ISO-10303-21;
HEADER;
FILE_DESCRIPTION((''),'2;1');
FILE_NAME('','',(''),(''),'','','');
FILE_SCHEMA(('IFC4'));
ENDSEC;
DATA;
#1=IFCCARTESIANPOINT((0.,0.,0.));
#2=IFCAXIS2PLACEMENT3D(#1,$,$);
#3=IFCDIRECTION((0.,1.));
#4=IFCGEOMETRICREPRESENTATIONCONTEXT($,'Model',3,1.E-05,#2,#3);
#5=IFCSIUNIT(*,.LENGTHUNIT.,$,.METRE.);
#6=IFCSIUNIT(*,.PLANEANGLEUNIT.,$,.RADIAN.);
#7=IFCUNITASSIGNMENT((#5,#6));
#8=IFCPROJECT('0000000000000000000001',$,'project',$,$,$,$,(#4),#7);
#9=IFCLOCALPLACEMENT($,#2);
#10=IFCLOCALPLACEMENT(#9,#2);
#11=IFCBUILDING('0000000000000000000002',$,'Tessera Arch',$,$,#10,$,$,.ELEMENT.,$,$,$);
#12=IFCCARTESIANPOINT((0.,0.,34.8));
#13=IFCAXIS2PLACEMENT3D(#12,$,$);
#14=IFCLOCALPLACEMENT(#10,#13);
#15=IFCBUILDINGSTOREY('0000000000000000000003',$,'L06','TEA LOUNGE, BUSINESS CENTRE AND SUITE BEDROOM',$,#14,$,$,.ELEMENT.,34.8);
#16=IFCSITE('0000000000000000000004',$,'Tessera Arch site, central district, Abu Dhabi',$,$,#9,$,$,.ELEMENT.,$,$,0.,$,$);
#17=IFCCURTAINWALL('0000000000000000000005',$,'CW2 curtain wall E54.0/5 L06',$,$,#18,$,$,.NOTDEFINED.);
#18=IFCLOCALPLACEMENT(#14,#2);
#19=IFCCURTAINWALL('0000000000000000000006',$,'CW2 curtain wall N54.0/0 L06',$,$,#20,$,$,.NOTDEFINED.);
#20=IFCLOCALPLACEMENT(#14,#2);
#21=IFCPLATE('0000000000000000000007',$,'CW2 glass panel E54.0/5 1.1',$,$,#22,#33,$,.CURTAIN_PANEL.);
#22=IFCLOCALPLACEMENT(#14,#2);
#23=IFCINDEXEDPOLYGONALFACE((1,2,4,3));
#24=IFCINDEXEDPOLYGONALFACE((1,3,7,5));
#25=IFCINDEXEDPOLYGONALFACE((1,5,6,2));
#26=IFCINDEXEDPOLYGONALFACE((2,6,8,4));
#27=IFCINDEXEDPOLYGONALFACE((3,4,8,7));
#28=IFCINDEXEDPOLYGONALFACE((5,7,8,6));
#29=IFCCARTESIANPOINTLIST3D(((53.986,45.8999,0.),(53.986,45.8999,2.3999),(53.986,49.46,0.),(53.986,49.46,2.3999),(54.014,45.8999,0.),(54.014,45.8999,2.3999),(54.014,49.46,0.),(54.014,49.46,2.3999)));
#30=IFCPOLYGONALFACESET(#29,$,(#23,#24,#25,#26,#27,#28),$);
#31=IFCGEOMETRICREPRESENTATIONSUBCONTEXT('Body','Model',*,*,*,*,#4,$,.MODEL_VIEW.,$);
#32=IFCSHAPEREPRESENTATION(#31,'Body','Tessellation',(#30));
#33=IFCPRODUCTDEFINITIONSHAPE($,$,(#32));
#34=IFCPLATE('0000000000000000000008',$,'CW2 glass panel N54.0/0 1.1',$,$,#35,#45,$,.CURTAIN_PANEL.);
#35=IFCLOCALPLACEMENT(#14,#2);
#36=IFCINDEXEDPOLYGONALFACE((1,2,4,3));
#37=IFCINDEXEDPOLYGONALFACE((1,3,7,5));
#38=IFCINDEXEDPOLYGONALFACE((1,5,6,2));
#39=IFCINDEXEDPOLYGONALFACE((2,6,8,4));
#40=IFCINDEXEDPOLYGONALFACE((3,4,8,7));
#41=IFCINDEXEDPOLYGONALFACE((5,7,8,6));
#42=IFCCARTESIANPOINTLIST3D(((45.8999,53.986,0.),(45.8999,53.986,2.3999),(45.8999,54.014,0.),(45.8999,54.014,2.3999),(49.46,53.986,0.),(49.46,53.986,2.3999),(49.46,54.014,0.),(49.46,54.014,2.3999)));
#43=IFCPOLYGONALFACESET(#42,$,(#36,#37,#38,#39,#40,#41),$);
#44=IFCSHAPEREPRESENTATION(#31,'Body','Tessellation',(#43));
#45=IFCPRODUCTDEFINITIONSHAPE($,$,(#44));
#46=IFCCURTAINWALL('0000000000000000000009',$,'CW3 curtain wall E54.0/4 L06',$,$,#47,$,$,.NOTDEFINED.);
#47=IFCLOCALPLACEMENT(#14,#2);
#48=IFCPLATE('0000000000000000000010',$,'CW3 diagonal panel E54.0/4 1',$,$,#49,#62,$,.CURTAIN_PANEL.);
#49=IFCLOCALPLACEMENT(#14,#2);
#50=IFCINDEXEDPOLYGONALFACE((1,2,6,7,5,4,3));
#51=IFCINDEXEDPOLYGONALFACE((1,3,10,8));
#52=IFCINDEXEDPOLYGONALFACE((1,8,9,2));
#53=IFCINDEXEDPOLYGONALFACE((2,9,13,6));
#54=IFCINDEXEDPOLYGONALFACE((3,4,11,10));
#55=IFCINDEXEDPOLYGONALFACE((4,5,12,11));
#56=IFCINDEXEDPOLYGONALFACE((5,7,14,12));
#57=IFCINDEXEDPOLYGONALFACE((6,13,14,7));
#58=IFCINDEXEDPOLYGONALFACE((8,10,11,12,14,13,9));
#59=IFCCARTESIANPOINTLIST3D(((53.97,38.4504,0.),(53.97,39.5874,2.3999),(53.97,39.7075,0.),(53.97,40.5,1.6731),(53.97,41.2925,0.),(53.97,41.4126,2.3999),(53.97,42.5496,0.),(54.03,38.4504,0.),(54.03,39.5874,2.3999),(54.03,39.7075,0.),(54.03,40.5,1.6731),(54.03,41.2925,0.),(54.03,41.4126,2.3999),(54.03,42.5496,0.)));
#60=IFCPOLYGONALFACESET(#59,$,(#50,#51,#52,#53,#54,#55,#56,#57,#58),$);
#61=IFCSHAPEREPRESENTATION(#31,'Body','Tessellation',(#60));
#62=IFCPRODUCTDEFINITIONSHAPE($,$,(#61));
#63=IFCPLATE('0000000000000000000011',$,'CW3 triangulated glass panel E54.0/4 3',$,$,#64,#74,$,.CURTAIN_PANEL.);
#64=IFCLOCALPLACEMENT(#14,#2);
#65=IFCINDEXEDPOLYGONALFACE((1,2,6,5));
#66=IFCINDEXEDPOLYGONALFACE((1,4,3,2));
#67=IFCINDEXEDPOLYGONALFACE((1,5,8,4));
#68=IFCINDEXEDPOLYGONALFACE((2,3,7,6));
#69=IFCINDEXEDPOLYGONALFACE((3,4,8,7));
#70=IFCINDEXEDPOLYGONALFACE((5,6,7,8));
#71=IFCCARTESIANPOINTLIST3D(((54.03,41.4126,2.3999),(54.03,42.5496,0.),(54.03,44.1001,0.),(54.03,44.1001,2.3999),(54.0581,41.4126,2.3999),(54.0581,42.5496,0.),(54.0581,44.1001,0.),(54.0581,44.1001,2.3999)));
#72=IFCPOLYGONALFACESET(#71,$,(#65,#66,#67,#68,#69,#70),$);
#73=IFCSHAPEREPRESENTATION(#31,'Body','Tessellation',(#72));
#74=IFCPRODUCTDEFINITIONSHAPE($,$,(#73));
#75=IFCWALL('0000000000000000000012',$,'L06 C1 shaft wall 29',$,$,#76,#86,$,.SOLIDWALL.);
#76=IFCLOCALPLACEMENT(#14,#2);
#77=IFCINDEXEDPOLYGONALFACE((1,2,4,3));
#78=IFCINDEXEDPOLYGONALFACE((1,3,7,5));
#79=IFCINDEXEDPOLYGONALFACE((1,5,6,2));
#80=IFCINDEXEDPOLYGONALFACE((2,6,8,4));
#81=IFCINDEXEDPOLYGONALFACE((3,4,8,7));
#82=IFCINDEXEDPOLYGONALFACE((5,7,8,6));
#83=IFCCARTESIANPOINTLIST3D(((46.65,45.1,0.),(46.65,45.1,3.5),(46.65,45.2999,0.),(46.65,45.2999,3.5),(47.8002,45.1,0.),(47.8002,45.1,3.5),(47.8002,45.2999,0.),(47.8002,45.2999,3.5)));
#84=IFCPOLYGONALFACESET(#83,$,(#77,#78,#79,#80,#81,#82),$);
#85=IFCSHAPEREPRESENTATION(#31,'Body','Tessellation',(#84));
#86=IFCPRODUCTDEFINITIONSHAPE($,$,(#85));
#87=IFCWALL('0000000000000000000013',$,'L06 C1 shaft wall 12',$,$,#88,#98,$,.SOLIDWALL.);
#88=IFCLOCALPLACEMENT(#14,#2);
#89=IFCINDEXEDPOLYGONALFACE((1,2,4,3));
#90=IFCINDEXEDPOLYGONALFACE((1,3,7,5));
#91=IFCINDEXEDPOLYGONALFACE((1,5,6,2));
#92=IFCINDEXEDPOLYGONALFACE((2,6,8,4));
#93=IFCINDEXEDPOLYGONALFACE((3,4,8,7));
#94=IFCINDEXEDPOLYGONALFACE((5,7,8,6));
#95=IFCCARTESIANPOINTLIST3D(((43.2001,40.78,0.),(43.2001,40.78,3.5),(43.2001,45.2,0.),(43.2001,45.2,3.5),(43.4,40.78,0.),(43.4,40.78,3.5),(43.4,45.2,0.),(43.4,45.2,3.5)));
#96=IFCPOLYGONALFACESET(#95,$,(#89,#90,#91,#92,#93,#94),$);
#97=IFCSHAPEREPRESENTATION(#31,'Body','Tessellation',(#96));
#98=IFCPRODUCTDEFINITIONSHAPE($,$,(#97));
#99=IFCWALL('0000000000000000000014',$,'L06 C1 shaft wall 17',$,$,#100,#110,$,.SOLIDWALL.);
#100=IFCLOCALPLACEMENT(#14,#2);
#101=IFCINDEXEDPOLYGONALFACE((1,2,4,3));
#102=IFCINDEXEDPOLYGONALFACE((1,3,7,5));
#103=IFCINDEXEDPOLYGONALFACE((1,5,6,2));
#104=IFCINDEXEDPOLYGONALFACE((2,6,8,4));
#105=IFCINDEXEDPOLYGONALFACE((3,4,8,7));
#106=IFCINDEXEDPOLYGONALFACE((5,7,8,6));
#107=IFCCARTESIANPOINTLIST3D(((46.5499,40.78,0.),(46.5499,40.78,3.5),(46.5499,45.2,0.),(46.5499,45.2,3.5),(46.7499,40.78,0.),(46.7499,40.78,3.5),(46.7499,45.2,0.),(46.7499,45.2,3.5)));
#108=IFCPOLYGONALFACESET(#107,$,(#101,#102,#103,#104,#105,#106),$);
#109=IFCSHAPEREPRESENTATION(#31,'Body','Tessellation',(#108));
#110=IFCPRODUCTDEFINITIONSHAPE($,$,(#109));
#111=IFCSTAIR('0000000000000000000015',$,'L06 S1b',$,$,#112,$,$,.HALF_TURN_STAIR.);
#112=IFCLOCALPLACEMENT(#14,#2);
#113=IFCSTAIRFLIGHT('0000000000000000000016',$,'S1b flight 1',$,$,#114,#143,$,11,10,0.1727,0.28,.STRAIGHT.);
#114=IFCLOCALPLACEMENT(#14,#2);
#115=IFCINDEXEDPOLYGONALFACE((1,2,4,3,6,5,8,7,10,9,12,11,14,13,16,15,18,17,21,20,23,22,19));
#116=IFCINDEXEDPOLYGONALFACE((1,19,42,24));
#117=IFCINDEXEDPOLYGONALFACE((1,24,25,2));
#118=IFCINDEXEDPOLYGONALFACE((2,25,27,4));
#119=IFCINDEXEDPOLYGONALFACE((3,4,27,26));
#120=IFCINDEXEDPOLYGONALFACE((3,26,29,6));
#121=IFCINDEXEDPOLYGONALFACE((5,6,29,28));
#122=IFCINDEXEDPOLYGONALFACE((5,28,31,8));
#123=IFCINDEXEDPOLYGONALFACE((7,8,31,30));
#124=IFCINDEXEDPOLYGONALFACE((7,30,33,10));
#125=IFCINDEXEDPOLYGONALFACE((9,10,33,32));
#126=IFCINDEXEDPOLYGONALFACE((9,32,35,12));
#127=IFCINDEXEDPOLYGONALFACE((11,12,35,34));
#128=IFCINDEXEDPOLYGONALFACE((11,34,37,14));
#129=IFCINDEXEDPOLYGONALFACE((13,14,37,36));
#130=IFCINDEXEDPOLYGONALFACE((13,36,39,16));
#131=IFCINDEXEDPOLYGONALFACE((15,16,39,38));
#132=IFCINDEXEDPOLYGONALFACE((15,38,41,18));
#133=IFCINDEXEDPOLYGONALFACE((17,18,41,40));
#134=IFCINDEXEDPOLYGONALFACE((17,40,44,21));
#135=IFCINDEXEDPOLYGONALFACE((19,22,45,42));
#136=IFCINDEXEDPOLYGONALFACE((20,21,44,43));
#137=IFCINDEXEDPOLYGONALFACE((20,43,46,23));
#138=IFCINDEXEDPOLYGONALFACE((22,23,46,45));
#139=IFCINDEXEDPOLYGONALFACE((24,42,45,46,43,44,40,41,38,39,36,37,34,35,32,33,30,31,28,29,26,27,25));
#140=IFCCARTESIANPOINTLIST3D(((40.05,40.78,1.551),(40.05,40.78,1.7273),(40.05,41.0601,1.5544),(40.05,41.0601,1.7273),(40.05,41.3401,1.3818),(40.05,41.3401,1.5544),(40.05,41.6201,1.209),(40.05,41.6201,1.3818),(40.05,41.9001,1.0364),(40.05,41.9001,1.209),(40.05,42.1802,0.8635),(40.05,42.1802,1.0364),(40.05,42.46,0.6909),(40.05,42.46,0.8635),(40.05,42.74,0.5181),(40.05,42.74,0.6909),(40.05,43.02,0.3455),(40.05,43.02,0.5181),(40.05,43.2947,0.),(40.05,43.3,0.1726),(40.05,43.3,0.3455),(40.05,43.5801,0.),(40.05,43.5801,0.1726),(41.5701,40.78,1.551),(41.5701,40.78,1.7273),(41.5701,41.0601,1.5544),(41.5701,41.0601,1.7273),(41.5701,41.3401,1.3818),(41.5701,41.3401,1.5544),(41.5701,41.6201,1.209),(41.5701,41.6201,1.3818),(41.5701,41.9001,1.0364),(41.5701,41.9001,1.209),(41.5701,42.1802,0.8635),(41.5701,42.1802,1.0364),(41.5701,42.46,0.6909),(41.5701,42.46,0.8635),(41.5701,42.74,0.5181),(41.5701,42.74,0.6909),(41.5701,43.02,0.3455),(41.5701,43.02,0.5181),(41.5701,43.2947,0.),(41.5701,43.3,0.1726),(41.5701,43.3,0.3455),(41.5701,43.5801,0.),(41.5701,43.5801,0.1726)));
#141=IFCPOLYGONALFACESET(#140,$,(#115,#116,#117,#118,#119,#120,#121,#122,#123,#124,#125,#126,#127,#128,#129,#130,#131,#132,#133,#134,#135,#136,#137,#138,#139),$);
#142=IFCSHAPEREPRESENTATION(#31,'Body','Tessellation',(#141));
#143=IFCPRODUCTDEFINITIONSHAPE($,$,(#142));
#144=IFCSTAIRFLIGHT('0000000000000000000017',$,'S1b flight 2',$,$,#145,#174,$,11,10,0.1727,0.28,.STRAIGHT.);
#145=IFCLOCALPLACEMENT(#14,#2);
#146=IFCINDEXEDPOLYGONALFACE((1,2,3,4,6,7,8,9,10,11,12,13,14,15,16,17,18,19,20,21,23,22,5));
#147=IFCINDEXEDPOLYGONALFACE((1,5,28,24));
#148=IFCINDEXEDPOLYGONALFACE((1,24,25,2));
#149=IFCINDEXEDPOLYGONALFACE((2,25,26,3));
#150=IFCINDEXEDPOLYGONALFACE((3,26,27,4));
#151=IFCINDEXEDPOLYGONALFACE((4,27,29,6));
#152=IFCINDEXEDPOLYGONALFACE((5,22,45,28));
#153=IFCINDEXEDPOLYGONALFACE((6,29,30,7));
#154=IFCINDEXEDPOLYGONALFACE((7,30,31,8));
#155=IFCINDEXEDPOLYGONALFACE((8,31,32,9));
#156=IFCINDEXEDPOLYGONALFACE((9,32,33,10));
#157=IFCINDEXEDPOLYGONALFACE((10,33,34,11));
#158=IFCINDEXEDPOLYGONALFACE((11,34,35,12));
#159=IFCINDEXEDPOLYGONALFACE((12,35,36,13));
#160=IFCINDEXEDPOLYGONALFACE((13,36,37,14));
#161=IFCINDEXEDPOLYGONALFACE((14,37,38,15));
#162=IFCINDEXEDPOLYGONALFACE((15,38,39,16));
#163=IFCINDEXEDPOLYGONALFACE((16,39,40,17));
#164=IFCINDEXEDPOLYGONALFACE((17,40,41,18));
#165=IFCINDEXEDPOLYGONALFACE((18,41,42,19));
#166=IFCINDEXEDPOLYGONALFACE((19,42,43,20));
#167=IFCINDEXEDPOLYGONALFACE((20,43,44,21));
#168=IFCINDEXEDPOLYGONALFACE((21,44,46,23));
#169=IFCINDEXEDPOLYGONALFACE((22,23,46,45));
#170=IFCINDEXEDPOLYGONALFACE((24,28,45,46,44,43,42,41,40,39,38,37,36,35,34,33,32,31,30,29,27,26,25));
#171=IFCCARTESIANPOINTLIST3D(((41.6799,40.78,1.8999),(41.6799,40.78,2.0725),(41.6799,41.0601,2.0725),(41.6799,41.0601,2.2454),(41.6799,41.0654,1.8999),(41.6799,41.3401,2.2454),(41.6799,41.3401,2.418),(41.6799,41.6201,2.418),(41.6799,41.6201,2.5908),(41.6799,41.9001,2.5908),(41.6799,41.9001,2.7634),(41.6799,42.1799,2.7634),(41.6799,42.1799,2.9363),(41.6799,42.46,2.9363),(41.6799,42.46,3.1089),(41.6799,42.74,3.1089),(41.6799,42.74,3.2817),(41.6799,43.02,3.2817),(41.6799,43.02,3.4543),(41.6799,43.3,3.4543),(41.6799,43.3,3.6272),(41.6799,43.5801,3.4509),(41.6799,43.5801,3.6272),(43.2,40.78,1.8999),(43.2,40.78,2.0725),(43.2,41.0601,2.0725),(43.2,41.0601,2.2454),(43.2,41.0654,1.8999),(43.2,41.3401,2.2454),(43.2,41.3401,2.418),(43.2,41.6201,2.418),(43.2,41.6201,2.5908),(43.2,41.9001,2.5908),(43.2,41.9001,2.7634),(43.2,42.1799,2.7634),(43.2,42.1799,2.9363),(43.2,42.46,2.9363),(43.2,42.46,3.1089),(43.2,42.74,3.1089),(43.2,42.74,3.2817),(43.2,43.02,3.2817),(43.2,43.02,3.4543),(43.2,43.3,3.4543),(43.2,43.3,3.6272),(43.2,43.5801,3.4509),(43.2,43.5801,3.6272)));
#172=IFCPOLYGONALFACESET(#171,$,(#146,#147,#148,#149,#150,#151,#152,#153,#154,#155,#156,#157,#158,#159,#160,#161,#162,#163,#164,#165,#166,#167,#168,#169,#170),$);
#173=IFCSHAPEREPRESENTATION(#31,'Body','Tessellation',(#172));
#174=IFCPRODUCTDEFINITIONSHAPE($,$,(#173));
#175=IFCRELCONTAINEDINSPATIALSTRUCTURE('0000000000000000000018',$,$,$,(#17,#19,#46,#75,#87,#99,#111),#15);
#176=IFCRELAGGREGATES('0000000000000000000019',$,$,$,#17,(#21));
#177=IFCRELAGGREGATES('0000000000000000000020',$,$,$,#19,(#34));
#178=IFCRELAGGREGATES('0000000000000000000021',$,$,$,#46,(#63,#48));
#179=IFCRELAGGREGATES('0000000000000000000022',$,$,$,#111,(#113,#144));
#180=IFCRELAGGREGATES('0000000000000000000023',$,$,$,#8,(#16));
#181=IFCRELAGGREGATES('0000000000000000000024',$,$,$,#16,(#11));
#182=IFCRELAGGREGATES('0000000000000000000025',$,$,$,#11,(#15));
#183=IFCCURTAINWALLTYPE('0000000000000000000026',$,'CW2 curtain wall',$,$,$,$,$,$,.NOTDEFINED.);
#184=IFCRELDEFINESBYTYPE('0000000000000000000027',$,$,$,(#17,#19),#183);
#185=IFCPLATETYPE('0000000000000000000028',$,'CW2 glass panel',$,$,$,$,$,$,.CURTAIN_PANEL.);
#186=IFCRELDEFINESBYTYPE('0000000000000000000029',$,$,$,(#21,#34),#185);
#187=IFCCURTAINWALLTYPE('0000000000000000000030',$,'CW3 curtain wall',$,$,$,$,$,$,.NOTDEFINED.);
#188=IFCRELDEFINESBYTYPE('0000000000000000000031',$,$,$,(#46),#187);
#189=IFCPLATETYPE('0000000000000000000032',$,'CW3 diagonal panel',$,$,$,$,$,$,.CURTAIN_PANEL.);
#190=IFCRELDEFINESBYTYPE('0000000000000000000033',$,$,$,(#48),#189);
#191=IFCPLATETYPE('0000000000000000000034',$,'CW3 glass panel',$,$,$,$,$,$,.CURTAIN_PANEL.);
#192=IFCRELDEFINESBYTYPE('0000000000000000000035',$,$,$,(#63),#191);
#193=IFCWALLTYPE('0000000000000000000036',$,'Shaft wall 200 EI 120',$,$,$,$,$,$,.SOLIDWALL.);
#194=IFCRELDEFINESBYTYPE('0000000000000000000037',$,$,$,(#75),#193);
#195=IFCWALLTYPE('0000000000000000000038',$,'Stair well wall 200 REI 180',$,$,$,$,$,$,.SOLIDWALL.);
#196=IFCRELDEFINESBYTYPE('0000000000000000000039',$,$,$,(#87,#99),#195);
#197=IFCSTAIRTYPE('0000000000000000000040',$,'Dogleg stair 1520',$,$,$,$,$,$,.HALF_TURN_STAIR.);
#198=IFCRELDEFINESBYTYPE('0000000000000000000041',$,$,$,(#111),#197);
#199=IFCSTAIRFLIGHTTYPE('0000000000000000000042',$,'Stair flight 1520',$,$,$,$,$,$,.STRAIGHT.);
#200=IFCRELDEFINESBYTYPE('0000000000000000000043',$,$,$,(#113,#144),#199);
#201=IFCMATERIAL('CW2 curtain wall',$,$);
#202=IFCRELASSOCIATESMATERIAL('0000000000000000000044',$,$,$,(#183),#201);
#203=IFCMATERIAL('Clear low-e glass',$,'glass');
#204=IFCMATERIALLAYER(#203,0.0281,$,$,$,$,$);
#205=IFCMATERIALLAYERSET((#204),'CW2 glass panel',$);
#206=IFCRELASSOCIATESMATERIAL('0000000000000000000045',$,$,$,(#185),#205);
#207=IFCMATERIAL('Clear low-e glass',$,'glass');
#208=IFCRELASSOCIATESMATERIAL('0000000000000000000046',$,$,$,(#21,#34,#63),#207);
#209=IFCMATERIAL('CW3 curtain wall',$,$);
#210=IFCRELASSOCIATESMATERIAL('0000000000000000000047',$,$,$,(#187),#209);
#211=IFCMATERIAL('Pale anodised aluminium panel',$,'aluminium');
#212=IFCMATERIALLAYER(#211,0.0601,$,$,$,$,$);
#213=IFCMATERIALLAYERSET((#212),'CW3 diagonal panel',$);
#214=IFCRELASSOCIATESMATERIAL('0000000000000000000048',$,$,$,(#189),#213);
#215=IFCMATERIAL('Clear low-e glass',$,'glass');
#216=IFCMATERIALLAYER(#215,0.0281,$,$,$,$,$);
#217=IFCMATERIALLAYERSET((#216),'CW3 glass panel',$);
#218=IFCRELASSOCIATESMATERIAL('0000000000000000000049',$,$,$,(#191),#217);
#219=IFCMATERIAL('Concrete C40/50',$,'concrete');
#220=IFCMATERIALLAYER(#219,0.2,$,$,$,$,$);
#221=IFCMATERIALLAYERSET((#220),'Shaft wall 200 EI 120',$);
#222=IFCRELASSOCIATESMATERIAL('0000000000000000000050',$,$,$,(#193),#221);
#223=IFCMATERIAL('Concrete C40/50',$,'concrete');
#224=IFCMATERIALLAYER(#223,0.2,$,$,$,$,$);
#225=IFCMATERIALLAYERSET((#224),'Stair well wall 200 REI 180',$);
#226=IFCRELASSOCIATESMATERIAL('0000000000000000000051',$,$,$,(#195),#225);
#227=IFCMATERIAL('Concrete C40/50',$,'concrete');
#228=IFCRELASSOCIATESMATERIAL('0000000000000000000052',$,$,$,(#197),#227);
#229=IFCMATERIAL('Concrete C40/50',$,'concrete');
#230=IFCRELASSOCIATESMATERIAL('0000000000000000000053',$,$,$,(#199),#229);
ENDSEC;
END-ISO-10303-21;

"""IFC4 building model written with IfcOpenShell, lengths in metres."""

from ifc_helpers import new_model, si_unit, direction, frame, frame_2d, origin, origin_2d, place, context, subcontext, project, spatial, polyline, rectangle, outline, extrude, material, layer, layer_set, type_object, element, aggregate, save


model = new_model("IFC4")

# Units and contexts
model_context = context("Model", 3, precision=1e-05, world=origin(), true_north=direction((0.0, 1.0)))
body_context = subcontext(model_context, "Body", "Model", "MODEL_VIEW")
ifc_project = project(units=[si_unit("LENGTHUNIT", "METRE"), si_unit("PLANEANGLEUNIT", "RADIAN")], contexts=[model_context])

# Site, building, storey
site_placement = place(None, origin())
site = spatial("IfcSite", under=ifc_project, at=site_placement, Name="Tessera Arch site, central district, Abu Dhabi", CompositionType="ELEMENT", RefElevation=0.0)
building_placement = place(site_placement, origin())
building = spatial("IfcBuilding", under=site, at=building_placement, Name="Tessera Arch", CompositionType="ELEMENT")
storey_placement = place(building_placement, frame((0.0, 0.0, 34.8)))
storey = spatial("IfcBuildingStorey", under=building, at=storey_placement, Name="L06", Description="TEA LOUNGE, BUSINESS CENTRE AND SUITE BEDROOM", CompositionType="ELEMENT", Elevation=34.8)

# Curtain walls
ifc_material_1 = material(Name="CW2 curtain wall")
curtain_wall_type_1 = type_object("IfcCurtainWallType", Name="CW2 curtain wall", PredefinedType="NOTDEFINED", material=ifc_material_1)
curtain_wall_1_placement = place(storey_placement, origin())
curtain_wall_1 = element("IfcCurtainWall", 1, at=curtain_wall_1_placement, inside=storey, type_object=curtain_wall_type_1, Name="CW2 curtain wall E54.0/5 L06", PredefinedType="NOTDEFINED")
curtain_wall_2_placement = place(storey_placement, origin())
curtain_wall_2 = element("IfcCurtainWall", 2, at=curtain_wall_2_placement, inside=storey, type_object=curtain_wall_type_1, Name="CW2 curtain wall N54.0/0 L06", PredefinedType="NOTDEFINED")

# Plates
ifc_material_2 = material(Name="Clear low-e glass", Category="glass")
ifc_material_3 = material(Name="Clear low-e glass", Category="glass")
ifc_layer_1 = layer(ifc_material_3, 0.0281)
ifc_layer_set_1 = layer_set([ifc_layer_1], Name="CW2 glass panel")
plate_type_1 = type_object("IfcPlateType", Name="CW2 glass panel", PredefinedType="CURTAIN_PANEL", material=ifc_layer_set_1)
plate_1_placement = place(storey_placement, frame((54.0, 47.6799, 0.0), z_axis=(0.0, 0.0, 1.0), x_axis=(0.0, 1.0, 0.0)))
plate_1 = element("IfcPlate", 3, at=plate_1_placement, type_object=plate_type_1, material=ifc_material_2, Name="CW2 glass panel E54.0/5 1.1", PredefinedType="CURTAIN_PANEL", context=body_context, shape_type="SweptSolid", body=[
    extrude(rectangle(XDim=3.5601, YDim=0.0281, at=origin_2d()), origin(), (0.0, 0.0, 1.0), 2.3999),
])
aggregate(curtain_wall_1, [plate_1])
plate_2_placement = place(storey_placement, frame((47.6799, 54.0, 0.0), z_axis=(0.0, 0.0, 1.0), x_axis=(-1.0, 0.0, 0.0)))
plate_2 = element("IfcPlate", 4, at=plate_2_placement, type_object=plate_type_1, material=ifc_material_2, Name="CW2 glass panel N54.0/0 1.1", PredefinedType="CURTAIN_PANEL", context=body_context, shape_type="SweptSolid", body=[
    extrude(rectangle(XDim=3.5601, YDim=0.0281, at=origin_2d()), origin(), (0.0, 0.0, 1.0), 2.3999),
])
aggregate(curtain_wall_2, [plate_2])

# Curtain wall, plates
ifc_material_4 = material(Name="CW3 curtain wall")
curtain_wall_type_2 = type_object("IfcCurtainWallType", Name="CW3 curtain wall", PredefinedType="NOTDEFINED", material=ifc_material_4)
curtain_wall_3_placement = place(storey_placement, origin())
curtain_wall_3 = element("IfcCurtainWall", 5, at=curtain_wall_3_placement, inside=storey, type_object=curtain_wall_type_2, Name="CW3 curtain wall E54.0/4 L06", PredefinedType="NOTDEFINED")
ifc_material_5 = material(Name="Pale anodised aluminium panel", Category="aluminium")
ifc_layer_2 = layer(ifc_material_5, 0.0601)
ifc_layer_set_2 = layer_set([ifc_layer_2], Name="CW3 diagonal panel")
plate_type_2 = type_object("IfcPlateType", Name="CW3 diagonal panel", PredefinedType="CURTAIN_PANEL", material=ifc_layer_set_2)
plate_3_placement = place(storey_placement, frame((54.03, 41.4126, 2.3999), z_axis=(1.0, 0.0, 0.0), x_axis=(0.0, -1.0, 0.0)))
plate_3 = element("IfcPlate", 6, at=plate_3_placement, type_object=plate_type_2, Name="CW3 diagonal panel E54.0/4 1", PredefinedType="CURTAIN_PANEL", context=body_context, shape_type="SweptSolid", body=[
    extrude(outline(polyline([(0.0, 0.0), (1.8252, 0.0), (2.9622, 2.3999), (1.7051, 2.3999), (0.9126, 0.7268), (0.1201, 2.3999), (-1.137, 2.3999), (0.0, 0.0)])), origin(), (0.0, 0.0, -1.0), 0.0601),
])
ifc_material_6 = material(Name="Clear low-e glass", Category="glass")
ifc_layer_3 = layer(ifc_material_6, 0.0281)
ifc_layer_set_3 = layer_set([ifc_layer_3], Name="CW3 glass panel")
plate_type_3 = type_object("IfcPlateType", Name="CW3 glass panel", PredefinedType="CURTAIN_PANEL", material=ifc_layer_set_3)
plate_4_placement = place(storey_placement, frame((54.0581, 44.1001, 2.3999), z_axis=(1.0, 0.0, 0.0), x_axis=(0.0, -1.0, 0.0)))
plate_4 = element("IfcPlate", 7, at=plate_4_placement, type_object=plate_type_3, material=ifc_material_2, Name="CW3 triangulated glass panel E54.0/4 3", PredefinedType="CURTAIN_PANEL", context=body_context, shape_type="SweptSolid", body=[
    extrude(outline(polyline([(0.0, 0.0), (2.6875, 0.0), (1.5505, 2.3999), (0.0, 2.3999), (0.0, 0.0)])), origin(), (0.0, 0.0, -1.0), 0.0281),
])
aggregate(curtain_wall_3, [plate_4, plate_3])

# Walls
ifc_material_7 = material(Name="Concrete C40/50", Category="concrete")
ifc_layer_4 = layer(ifc_material_7, 0.2)
ifc_layer_set_4 = layer_set([ifc_layer_4], Name="Shaft wall 200 EI 120")
wall_type_1 = type_object("IfcWallType", Name="Shaft wall 200 EI 120", PredefinedType="SOLIDWALL", material=ifc_layer_set_4)
wall_placement = place(storey_placement, frame((46.6499, 45.2, 0.0), z_axis=(0.0, 0.0, 1.0), x_axis=(1.0, 0.0, 0.0)))
element("IfcWall", 8, at=wall_placement, inside=storey, type_object=wall_type_1, Name="L06 C1 shaft wall 29", PredefinedType="SOLIDWALL", context=body_context, shape_type="SweptSolid", body=[
    extrude(rectangle(XDim=1.1501, YDim=0.2, at=frame_2d((0.5752, 0.0))), origin(), (0.0, 0.0, 1.0), 3.5),
])
ifc_material_8 = material(Name="Concrete C40/50", Category="concrete")
ifc_layer_5 = layer(ifc_material_8, 0.2)
ifc_layer_set_5 = layer_set([ifc_layer_5], Name="Stair well wall 200 REI 180")
wall_type_2 = type_object("IfcWallType", Name="Stair well wall 200 REI 180", PredefinedType="SOLIDWALL", material=ifc_layer_set_5)
for number, where, z_axis, x_axis, name in (
    (9, (43.3, 40.78, 0.0), (0.0, 0.0, 1.0), (0.0, 1.0, 0.0), "L06 C1 shaft wall 12"),
    (10, (46.6499, 40.78, 0.0), (0.0, 0.0, 1.0), (0.0, 1.0, 0.0), "L06 C1 shaft wall 17"),
):
    element("IfcWall", number, at=place(storey_placement, frame(where, z_axis=z_axis, x_axis=x_axis)), inside=storey, type_object=wall_type_2, Name=name, PredefinedType="SOLIDWALL", context=body_context, shape_type="SweptSolid", body=[
        extrude(rectangle(XDim=4.4199, YDim=0.2, at=frame_2d((2.21, 0.0))), origin(), (0.0, 0.0, 1.0), 3.5),
    ])

# Stair, stair flights
ifc_material_9 = material(Name="Concrete C40/50", Category="concrete")
stair_type = type_object("IfcStairType", Name="Dogleg stair 1520", PredefinedType="HALF_TURN_STAIR", material=ifc_material_9)
stair_1_placement = place(storey_placement, origin())
stair_1 = element("IfcStair", 11, at=stair_1_placement, inside=storey, type_object=stair_type, Name="L06 S1b", PredefinedType="HALF_TURN_STAIR")
ifc_material_10 = material(Name="Concrete C40/50", Category="concrete")
stair_flight_type = type_object("IfcStairFlightType", Name="Stair flight 1520", PredefinedType="STRAIGHT", material=ifc_material_10)
stair_flight_1_placement = place(storey_placement, frame((40.8101, 43.5801, 0.0), z_axis=(0.0, 0.0, 1.0), x_axis=(0.0, -1.0, 0.0)))
stair_flight_1 = element("IfcStairFlight", 12, at=stair_flight_1_placement, type_object=stair_flight_type, Name="S1b flight 1", NumberOfRisers=11, NumberOfTreads=10, PredefinedType="STRAIGHT", RiserHeight=0.1727, TreadLength=0.28, context=body_context, shape_type="SweptSolid", body=[
    extrude(outline(polyline([(0.0, 0.0), (0.0, 0.1726), (0.28, 0.1726), (0.28, 0.3455), (0.5601, 0.3455), (0.5601, 0.5181), (0.8401, 0.5181), (0.8401, 0.6909), (1.1201, 0.6909), (1.1201, 0.8635), (1.3999, 0.8635), (1.3999, 1.0364), (1.6799, 1.0364), (1.6799, 1.209), (1.96, 1.209), (1.96, 1.3818), (2.24, 1.3818), (2.24, 1.5544), (2.52, 1.5544), (2.52, 1.7273), (2.8, 1.7273), (2.8, 1.8999), (2.8, 1.551), (0.2854, 0.0), (0.0, 0.0)])), frame((0.0, 0.76, 0.0), z_axis=(0.0, -1.0, 0.0), x_axis=(1.0, 0.0, 0.0)), (0.0, 0.0, 1.0), 1.52),
])
stair_flight_2_placement = place(storey_placement, frame((42.4399, 40.78, 1.8999), z_axis=(0.0, 0.0, 1.0), x_axis=(0.0, 1.0, 0.0)))
stair_flight_2 = element("IfcStairFlight", 13, at=stair_flight_2_placement, type_object=stair_flight_type, Name="S1b flight 2", NumberOfRisers=11, NumberOfTreads=10, PredefinedType="STRAIGHT", RiserHeight=0.1727, TreadLength=0.28, context=body_context, shape_type="SweptSolid", body=[
    extrude(outline(polyline([(0.0, 0.0), (0.0, 0.1726), (0.28, 0.1726), (0.28, 0.3455), (0.5601, 0.3455), (0.5601, 0.5181), (0.8401, 0.5181), (0.8401, 0.6909), (1.1201, 0.6909), (1.1201, 0.8635), (1.3999, 0.8635), (1.3999, 1.0364), (1.6799, 1.0364), (1.6799, 1.209), (1.96, 1.209), (1.96, 1.3818), (2.24, 1.3818), (2.24, 1.5544), (2.52, 1.5544), (2.52, 1.7273), (2.8, 1.7273), (2.8, 1.8999), (2.8, 1.551), (0.2854, 0.0), (0.0, 0.0)])), frame((0.0, 0.76, 0.0), z_axis=(0.0, -1.0, 0.0), x_axis=(1.0, 0.0, 0.0)), (0.0, 0.0, 1.0), 1.52),
])
aggregate(stair_1, [stair_flight_1, stair_flight_2])

save(model, "model.ifc")
